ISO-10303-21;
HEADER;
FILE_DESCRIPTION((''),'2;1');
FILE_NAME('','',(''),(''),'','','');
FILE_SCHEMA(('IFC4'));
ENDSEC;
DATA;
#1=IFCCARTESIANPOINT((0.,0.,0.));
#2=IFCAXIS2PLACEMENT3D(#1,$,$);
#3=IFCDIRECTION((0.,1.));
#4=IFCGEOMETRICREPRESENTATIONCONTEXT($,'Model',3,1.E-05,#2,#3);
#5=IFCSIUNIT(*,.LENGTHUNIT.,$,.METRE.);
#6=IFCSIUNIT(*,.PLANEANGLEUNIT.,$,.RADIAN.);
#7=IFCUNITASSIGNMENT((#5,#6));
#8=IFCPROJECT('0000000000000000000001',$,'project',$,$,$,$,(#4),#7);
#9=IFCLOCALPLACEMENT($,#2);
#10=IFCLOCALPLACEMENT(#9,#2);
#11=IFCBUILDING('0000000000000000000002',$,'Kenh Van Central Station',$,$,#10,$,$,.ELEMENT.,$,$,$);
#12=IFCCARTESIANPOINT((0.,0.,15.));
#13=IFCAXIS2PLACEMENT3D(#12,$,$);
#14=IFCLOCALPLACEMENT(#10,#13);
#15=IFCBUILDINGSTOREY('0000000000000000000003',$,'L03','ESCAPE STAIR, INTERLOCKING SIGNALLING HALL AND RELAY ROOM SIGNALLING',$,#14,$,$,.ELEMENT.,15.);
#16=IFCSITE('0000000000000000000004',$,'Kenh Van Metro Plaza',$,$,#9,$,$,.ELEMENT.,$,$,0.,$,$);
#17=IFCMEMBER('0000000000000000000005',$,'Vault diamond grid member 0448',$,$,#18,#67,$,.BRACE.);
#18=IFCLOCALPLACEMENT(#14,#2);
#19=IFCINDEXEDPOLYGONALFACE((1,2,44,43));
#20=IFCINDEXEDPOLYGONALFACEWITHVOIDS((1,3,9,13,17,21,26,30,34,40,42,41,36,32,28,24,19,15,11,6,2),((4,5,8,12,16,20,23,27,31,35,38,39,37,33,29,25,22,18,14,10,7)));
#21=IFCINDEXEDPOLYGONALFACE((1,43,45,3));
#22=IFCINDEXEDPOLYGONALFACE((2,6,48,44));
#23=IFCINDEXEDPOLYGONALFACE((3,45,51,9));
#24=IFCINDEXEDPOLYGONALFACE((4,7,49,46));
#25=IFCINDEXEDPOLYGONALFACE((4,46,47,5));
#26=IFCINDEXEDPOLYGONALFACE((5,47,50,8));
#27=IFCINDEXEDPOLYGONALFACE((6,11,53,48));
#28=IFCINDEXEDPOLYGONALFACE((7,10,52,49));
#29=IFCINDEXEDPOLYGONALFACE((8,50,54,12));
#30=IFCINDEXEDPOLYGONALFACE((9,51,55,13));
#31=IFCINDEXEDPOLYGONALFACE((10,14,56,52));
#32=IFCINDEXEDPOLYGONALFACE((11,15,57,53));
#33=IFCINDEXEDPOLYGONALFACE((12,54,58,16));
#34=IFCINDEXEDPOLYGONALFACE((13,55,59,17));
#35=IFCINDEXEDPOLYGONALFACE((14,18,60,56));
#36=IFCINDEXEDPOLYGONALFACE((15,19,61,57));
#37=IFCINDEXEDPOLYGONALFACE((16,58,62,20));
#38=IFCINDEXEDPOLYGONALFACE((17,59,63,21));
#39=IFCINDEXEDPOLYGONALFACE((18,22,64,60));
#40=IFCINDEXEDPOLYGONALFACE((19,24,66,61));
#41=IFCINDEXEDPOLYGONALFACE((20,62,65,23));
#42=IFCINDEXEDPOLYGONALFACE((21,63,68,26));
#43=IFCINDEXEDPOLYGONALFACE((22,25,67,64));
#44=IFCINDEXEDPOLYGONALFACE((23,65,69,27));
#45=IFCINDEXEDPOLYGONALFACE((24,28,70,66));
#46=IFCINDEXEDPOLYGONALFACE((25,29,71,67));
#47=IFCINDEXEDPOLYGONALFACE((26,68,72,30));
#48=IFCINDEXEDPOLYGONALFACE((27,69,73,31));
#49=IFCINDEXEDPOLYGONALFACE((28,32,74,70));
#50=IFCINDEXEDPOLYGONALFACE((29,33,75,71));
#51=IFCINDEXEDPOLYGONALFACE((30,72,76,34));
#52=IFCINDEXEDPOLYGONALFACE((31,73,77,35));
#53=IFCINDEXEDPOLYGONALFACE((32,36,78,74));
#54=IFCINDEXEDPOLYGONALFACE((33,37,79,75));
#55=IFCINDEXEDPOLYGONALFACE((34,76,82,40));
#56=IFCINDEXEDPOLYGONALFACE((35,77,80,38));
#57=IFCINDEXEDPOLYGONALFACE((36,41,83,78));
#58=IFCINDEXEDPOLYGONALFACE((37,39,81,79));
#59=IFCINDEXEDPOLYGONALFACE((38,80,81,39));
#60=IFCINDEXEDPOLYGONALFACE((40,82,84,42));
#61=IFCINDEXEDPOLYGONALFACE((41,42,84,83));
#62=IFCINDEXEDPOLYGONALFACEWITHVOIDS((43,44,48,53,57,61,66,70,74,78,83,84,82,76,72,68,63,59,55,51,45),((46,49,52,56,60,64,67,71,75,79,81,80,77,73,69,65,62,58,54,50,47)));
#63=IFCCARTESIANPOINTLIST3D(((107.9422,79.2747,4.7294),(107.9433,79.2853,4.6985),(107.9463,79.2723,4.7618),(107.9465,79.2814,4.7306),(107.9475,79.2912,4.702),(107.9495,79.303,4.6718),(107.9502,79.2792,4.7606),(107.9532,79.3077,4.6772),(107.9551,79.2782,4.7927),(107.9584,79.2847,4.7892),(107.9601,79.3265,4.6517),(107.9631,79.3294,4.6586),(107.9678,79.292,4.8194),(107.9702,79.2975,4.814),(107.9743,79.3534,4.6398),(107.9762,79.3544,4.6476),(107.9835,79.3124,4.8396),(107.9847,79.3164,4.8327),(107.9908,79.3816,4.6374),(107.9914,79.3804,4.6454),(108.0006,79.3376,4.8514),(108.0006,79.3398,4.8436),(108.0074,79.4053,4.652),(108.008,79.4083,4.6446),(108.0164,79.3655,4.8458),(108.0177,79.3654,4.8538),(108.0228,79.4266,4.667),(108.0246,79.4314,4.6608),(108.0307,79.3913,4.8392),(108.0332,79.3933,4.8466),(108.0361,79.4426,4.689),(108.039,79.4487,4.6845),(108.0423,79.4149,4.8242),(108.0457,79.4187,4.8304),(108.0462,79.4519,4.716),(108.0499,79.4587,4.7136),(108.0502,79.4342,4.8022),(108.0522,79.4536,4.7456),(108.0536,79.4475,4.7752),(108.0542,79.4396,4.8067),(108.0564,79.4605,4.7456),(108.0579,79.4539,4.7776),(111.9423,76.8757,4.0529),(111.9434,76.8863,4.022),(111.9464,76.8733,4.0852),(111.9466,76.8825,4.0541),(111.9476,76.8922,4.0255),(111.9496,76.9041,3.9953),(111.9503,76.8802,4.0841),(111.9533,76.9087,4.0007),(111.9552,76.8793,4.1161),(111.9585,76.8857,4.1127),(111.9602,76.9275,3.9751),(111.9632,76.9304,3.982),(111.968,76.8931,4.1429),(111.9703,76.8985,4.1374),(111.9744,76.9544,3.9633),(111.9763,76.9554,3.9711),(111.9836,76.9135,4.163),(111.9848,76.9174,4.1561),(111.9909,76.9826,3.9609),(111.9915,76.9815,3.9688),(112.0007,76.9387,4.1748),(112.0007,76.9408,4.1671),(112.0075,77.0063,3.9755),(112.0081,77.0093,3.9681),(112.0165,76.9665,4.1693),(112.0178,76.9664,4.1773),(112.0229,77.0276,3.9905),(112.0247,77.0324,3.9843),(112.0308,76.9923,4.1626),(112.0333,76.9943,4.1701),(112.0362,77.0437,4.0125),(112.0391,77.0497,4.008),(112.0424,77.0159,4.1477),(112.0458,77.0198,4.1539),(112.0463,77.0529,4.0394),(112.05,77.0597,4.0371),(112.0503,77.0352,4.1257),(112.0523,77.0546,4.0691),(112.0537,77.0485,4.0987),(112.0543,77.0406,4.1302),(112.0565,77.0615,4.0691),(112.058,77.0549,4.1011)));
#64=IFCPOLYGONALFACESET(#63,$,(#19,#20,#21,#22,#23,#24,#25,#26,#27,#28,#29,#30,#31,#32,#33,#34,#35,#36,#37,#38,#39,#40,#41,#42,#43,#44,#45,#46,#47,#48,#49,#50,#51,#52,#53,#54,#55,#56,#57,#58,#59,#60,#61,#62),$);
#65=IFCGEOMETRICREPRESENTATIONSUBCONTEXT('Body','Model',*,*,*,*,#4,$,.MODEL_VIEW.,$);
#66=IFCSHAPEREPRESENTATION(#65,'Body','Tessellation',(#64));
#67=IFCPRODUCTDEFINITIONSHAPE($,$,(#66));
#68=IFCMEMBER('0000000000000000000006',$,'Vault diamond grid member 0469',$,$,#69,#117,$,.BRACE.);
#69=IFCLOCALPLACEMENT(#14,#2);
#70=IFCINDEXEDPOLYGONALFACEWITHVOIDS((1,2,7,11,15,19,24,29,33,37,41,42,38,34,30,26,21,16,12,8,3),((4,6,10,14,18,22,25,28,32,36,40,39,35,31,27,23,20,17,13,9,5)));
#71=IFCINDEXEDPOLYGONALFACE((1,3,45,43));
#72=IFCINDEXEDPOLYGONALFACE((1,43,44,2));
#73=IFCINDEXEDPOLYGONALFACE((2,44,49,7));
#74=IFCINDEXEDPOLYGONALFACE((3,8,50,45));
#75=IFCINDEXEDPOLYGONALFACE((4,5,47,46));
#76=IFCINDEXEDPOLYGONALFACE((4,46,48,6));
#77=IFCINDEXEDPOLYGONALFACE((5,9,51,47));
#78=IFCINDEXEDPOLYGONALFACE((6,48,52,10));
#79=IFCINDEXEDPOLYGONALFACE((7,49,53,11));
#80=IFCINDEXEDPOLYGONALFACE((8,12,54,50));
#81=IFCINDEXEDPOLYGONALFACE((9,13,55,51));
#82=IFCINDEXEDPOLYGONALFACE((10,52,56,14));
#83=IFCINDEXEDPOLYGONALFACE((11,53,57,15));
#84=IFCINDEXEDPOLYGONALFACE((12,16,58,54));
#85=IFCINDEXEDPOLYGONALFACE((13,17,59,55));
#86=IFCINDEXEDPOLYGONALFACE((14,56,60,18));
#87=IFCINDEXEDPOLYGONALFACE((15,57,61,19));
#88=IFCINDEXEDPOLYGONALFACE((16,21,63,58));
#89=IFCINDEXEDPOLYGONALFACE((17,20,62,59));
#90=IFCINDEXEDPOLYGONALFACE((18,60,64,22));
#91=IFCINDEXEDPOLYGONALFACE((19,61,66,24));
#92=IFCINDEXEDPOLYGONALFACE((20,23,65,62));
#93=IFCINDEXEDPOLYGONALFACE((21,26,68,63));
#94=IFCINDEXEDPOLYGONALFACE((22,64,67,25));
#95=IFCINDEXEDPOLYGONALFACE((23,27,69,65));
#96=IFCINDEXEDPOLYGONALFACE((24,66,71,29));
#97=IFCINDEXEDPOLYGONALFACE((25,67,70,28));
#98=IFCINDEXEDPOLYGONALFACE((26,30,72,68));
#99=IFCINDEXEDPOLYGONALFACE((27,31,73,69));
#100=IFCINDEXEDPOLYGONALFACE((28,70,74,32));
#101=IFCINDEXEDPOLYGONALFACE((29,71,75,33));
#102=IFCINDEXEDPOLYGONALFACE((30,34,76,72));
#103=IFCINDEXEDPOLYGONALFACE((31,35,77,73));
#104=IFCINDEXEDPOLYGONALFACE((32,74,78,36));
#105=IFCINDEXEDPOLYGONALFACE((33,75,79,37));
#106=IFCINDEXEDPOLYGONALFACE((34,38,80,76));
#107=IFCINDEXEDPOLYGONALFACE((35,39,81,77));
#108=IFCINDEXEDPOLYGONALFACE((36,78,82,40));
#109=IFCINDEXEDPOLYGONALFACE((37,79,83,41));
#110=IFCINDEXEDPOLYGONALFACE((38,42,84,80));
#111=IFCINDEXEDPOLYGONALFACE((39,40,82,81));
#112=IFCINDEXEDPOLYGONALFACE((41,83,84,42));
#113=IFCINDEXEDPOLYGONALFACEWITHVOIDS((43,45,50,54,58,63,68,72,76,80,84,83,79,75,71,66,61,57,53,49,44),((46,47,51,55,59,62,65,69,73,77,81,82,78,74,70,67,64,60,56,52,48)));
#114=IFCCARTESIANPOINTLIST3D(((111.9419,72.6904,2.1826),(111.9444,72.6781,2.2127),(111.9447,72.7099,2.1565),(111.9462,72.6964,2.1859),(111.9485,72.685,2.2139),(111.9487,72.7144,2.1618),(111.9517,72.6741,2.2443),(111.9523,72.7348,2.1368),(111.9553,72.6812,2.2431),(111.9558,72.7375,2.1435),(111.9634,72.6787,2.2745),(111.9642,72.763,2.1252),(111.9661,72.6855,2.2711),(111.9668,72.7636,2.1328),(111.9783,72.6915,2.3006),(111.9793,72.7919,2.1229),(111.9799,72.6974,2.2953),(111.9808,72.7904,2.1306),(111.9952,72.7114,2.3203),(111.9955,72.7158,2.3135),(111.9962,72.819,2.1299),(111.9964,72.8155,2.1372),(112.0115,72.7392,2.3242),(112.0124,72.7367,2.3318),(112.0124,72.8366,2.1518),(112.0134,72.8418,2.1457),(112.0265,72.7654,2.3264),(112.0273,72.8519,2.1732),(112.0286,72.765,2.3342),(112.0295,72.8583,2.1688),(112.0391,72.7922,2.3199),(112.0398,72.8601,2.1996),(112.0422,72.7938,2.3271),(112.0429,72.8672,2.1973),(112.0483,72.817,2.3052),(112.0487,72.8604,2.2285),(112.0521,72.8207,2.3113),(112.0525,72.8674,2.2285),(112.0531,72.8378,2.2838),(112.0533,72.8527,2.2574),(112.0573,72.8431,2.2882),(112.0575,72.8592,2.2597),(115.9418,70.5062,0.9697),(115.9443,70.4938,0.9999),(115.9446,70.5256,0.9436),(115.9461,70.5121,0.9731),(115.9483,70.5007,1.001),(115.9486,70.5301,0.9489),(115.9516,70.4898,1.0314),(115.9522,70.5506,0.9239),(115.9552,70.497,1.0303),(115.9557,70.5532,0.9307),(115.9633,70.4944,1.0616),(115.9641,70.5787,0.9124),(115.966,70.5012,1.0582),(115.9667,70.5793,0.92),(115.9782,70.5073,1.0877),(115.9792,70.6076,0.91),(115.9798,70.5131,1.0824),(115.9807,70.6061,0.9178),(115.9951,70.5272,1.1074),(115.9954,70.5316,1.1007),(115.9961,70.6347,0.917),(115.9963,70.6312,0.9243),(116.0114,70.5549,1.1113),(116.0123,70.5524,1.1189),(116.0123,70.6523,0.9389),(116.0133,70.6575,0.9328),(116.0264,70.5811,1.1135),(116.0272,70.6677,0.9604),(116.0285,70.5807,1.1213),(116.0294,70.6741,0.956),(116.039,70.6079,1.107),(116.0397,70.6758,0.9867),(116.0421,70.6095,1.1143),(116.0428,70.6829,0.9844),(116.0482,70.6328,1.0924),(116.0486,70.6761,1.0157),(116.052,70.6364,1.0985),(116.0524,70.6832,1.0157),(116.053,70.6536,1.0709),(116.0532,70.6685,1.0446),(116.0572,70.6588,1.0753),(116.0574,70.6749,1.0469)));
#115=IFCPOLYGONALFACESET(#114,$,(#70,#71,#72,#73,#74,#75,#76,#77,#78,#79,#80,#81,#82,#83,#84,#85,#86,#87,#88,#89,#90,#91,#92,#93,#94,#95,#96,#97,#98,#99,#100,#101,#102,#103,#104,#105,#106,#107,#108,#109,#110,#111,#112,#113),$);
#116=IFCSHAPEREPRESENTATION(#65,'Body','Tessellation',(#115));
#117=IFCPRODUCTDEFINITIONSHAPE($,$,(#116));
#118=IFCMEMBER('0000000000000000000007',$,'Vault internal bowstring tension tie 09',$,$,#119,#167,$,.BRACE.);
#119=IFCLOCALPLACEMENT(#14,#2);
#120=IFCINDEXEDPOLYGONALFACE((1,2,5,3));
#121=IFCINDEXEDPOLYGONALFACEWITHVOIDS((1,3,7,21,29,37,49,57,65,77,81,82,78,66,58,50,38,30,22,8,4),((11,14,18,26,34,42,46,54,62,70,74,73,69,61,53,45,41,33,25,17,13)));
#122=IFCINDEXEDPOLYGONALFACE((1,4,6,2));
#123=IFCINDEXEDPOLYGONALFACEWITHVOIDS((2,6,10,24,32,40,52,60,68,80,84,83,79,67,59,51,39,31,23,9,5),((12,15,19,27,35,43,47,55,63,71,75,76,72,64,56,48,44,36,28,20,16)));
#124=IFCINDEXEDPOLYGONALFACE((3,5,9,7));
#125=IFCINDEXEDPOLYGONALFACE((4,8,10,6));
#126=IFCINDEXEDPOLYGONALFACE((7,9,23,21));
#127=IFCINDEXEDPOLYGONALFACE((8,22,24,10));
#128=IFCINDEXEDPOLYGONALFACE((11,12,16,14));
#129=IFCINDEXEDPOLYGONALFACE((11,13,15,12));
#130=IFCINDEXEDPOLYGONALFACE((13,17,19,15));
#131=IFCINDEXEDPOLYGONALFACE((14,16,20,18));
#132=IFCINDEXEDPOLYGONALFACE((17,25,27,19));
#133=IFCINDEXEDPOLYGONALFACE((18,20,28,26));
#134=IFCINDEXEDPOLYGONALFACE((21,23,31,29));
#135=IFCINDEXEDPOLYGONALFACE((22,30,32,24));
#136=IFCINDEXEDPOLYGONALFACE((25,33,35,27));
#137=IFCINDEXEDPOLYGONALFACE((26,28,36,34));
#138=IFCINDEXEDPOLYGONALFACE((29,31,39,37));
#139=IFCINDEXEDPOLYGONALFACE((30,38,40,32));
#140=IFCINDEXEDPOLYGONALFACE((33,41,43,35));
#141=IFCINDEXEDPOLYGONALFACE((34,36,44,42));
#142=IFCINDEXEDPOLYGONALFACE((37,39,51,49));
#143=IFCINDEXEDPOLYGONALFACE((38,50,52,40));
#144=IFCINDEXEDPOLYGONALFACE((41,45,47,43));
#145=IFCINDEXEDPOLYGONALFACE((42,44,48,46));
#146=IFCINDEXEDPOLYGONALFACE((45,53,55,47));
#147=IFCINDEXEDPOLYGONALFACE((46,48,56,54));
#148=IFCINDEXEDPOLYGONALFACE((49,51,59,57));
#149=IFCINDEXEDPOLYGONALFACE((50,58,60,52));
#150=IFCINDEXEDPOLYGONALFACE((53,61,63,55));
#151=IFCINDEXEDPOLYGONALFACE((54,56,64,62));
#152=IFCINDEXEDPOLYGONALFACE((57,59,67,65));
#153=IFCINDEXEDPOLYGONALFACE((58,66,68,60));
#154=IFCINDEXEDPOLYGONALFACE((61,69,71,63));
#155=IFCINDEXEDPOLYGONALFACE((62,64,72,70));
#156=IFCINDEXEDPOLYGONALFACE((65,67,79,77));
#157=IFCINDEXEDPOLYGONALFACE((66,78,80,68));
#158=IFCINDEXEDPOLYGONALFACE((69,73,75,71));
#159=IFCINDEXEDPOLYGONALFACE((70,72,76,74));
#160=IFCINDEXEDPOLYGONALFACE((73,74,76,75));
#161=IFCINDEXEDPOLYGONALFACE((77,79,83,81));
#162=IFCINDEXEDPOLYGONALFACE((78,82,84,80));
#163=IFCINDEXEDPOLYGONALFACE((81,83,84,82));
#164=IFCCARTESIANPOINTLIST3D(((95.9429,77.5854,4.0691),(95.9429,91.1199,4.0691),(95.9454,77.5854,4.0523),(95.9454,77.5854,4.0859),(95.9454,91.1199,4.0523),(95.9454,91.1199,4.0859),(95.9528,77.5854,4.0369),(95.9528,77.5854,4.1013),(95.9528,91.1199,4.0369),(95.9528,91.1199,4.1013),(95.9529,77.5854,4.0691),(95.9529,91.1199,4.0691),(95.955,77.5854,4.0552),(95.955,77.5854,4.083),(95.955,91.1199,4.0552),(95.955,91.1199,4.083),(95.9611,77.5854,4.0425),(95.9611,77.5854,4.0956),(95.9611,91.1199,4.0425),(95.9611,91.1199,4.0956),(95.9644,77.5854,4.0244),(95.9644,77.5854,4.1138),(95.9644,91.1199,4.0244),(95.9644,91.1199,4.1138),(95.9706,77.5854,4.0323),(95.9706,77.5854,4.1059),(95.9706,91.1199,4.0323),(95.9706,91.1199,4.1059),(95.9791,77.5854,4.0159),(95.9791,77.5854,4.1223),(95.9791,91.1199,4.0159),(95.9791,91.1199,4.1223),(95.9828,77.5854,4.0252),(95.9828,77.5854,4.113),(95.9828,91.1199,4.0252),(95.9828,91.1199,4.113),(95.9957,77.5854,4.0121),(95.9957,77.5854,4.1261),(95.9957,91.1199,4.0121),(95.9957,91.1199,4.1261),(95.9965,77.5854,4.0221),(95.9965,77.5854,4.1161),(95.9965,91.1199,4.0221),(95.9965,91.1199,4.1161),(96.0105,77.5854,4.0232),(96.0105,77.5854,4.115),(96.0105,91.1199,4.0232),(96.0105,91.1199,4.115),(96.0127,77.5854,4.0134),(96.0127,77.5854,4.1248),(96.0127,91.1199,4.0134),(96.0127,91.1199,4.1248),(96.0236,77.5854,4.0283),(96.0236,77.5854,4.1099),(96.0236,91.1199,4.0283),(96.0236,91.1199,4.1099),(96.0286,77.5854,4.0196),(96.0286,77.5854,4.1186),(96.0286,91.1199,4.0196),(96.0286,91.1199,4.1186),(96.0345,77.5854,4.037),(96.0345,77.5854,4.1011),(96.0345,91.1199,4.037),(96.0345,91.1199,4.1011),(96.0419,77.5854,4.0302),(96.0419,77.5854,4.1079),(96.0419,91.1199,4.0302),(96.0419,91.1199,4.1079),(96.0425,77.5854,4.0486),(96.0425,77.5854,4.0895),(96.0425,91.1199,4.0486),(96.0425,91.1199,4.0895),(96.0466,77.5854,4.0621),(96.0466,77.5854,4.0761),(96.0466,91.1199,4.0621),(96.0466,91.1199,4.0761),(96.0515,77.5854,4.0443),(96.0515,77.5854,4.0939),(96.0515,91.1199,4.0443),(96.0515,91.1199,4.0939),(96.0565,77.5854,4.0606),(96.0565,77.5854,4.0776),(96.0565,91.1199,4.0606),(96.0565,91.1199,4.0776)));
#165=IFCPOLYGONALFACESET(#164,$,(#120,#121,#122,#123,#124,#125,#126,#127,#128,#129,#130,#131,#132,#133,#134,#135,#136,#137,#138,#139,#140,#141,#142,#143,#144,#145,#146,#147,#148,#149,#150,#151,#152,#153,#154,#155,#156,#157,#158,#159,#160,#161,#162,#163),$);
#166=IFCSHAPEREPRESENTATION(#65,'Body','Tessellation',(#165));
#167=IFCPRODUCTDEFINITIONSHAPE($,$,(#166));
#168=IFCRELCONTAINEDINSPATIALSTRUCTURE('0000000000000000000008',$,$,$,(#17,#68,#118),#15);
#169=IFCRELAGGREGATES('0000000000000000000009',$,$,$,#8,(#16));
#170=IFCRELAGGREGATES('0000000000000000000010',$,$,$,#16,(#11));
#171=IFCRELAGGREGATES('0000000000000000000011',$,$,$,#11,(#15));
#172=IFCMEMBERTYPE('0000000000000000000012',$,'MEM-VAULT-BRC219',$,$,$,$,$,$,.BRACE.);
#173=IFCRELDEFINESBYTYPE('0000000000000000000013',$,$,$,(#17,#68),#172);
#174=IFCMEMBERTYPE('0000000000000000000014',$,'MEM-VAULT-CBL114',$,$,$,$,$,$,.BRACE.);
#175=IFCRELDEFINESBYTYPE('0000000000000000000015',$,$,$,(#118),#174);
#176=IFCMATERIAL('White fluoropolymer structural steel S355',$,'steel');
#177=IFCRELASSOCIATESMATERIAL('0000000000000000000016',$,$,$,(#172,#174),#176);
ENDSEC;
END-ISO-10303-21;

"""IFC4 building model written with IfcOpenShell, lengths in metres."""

from ifc_helpers import new_model, si_unit, direction, frame, origin, origin_2d, place, context, subcontext, project, spatial, hollow_circle, extrude, material, material_profile, profile_set, type_object, element, save


model = new_model("IFC4")

# Units and contexts
model_context = context("Model", 3, precision=1e-05, world=origin(), true_north=direction((0.0, 1.0)))
body_context = subcontext(model_context, "Body", "Model", "MODEL_VIEW")
ifc_project = project(units=[si_unit("LENGTHUNIT", "METRE"), si_unit("PLANEANGLEUNIT", "RADIAN")], contexts=[model_context])

# Site, building, storey
site_placement = place(None, origin())
site = spatial("IfcSite", under=ifc_project, at=site_placement, Name="Kenh Van Metro Plaza", CompositionType="ELEMENT", RefElevation=0.0)
building_placement = place(site_placement, origin())
building = spatial("IfcBuilding", under=site, at=building_placement, Name="Kenh Van Central Station", CompositionType="ELEMENT")
storey_placement = place(building_placement, frame((0.0, 0.0, 15.0)))
storey = spatial("IfcBuildingStorey", under=building, at=storey_placement, Name="L03", Description="ESCAPE STAIR, INTERLOCKING SIGNALLING HALL AND RELAY ROOM SIGNALLING", CompositionType="ELEMENT", Elevation=15.0)

# Shared definitions
ifc_material_1 = material(Name="White fluoropolymer structural steel S355", Category="steel")

# Members
ifc_material_profile_1 = material_profile(ifc_material_1, hollow_circle(Radius=0.1096, WallThickness=0.0081, at=origin_2d()), Name="CHS 219.1x8")
ifc_profile_set_1 = profile_set([ifc_material_profile_1], Name="White fluoropolymer structural steel S355")
member_type_1 = type_object("IfcMemberType", Name="MEM-VAULT-BRC219", PredefinedType="BRACE", material=ifc_profile_set_1)
member_1_placement = place(storey_placement, frame((108.0, 79.3665, 4.7456), z_axis=(0.848714, -0.509, -0.143542), x_axis=(0.514326, 0.857595, 0.0)))
element("IfcMember", 1, at=member_1_placement, inside=storey, type_object=member_type_1, Name="Vault diamond grid member 0448", PredefinedType="BRACE", context=body_context, shape_type="SweptSolid", body=[
    extrude(hollow_circle(Radius=0.1096, WallThickness=0.0081, at=origin_2d()), origin(), (0.0, 0.0, 1.0), 4.7131),
])
member_2_placement = place(storey_placement, frame((112.0, 72.7712, 2.2285), z_axis=(0.848143, -0.463155, -0.257176), x_axis=(0.479276, 0.877664, 0.0)))
element("IfcMember", 2, at=member_2_placement, inside=storey, type_object=member_type_1, Name="Vault diamond grid member 0469", PredefinedType="BRACE", context=body_context, shape_type="SweptSolid", body=[
    extrude(hollow_circle(Radius=0.1096, WallThickness=0.0081, at=origin_2d()), origin(), (0.0, 0.0, 1.0), 4.7161),
])
ifc_material_profile_2 = material_profile(ifc_material_1, hollow_circle(Radius=0.0571, WallThickness=0.01, at=origin_2d()), Name="CHS 114.3x10")
ifc_profile_set_2 = profile_set([ifc_material_profile_2], Name="White fluoropolymer structural steel S355")
member_type_2 = type_object("IfcMemberType", Name="MEM-VAULT-CBL114", PredefinedType="BRACE", material=ifc_profile_set_2)
member_3_placement = place(storey_placement, frame((96.0, 77.5854, 4.0691), z_axis=(0.0, 1.0, 0.0), x_axis=(-1.0, 0.0, 0.0)))
element("IfcMember", 3, at=member_3_placement, inside=storey, type_object=member_type_2, Name="Vault internal bowstring tension tie 09", PredefinedType="BRACE", context=body_context, shape_type="SweptSolid", body=[
    extrude(hollow_circle(Radius=0.0571, WallThickness=0.01, at=origin_2d()), origin(), (0.0, 0.0, 1.0), 13.5344),
])

save(model, "model.ifc")
